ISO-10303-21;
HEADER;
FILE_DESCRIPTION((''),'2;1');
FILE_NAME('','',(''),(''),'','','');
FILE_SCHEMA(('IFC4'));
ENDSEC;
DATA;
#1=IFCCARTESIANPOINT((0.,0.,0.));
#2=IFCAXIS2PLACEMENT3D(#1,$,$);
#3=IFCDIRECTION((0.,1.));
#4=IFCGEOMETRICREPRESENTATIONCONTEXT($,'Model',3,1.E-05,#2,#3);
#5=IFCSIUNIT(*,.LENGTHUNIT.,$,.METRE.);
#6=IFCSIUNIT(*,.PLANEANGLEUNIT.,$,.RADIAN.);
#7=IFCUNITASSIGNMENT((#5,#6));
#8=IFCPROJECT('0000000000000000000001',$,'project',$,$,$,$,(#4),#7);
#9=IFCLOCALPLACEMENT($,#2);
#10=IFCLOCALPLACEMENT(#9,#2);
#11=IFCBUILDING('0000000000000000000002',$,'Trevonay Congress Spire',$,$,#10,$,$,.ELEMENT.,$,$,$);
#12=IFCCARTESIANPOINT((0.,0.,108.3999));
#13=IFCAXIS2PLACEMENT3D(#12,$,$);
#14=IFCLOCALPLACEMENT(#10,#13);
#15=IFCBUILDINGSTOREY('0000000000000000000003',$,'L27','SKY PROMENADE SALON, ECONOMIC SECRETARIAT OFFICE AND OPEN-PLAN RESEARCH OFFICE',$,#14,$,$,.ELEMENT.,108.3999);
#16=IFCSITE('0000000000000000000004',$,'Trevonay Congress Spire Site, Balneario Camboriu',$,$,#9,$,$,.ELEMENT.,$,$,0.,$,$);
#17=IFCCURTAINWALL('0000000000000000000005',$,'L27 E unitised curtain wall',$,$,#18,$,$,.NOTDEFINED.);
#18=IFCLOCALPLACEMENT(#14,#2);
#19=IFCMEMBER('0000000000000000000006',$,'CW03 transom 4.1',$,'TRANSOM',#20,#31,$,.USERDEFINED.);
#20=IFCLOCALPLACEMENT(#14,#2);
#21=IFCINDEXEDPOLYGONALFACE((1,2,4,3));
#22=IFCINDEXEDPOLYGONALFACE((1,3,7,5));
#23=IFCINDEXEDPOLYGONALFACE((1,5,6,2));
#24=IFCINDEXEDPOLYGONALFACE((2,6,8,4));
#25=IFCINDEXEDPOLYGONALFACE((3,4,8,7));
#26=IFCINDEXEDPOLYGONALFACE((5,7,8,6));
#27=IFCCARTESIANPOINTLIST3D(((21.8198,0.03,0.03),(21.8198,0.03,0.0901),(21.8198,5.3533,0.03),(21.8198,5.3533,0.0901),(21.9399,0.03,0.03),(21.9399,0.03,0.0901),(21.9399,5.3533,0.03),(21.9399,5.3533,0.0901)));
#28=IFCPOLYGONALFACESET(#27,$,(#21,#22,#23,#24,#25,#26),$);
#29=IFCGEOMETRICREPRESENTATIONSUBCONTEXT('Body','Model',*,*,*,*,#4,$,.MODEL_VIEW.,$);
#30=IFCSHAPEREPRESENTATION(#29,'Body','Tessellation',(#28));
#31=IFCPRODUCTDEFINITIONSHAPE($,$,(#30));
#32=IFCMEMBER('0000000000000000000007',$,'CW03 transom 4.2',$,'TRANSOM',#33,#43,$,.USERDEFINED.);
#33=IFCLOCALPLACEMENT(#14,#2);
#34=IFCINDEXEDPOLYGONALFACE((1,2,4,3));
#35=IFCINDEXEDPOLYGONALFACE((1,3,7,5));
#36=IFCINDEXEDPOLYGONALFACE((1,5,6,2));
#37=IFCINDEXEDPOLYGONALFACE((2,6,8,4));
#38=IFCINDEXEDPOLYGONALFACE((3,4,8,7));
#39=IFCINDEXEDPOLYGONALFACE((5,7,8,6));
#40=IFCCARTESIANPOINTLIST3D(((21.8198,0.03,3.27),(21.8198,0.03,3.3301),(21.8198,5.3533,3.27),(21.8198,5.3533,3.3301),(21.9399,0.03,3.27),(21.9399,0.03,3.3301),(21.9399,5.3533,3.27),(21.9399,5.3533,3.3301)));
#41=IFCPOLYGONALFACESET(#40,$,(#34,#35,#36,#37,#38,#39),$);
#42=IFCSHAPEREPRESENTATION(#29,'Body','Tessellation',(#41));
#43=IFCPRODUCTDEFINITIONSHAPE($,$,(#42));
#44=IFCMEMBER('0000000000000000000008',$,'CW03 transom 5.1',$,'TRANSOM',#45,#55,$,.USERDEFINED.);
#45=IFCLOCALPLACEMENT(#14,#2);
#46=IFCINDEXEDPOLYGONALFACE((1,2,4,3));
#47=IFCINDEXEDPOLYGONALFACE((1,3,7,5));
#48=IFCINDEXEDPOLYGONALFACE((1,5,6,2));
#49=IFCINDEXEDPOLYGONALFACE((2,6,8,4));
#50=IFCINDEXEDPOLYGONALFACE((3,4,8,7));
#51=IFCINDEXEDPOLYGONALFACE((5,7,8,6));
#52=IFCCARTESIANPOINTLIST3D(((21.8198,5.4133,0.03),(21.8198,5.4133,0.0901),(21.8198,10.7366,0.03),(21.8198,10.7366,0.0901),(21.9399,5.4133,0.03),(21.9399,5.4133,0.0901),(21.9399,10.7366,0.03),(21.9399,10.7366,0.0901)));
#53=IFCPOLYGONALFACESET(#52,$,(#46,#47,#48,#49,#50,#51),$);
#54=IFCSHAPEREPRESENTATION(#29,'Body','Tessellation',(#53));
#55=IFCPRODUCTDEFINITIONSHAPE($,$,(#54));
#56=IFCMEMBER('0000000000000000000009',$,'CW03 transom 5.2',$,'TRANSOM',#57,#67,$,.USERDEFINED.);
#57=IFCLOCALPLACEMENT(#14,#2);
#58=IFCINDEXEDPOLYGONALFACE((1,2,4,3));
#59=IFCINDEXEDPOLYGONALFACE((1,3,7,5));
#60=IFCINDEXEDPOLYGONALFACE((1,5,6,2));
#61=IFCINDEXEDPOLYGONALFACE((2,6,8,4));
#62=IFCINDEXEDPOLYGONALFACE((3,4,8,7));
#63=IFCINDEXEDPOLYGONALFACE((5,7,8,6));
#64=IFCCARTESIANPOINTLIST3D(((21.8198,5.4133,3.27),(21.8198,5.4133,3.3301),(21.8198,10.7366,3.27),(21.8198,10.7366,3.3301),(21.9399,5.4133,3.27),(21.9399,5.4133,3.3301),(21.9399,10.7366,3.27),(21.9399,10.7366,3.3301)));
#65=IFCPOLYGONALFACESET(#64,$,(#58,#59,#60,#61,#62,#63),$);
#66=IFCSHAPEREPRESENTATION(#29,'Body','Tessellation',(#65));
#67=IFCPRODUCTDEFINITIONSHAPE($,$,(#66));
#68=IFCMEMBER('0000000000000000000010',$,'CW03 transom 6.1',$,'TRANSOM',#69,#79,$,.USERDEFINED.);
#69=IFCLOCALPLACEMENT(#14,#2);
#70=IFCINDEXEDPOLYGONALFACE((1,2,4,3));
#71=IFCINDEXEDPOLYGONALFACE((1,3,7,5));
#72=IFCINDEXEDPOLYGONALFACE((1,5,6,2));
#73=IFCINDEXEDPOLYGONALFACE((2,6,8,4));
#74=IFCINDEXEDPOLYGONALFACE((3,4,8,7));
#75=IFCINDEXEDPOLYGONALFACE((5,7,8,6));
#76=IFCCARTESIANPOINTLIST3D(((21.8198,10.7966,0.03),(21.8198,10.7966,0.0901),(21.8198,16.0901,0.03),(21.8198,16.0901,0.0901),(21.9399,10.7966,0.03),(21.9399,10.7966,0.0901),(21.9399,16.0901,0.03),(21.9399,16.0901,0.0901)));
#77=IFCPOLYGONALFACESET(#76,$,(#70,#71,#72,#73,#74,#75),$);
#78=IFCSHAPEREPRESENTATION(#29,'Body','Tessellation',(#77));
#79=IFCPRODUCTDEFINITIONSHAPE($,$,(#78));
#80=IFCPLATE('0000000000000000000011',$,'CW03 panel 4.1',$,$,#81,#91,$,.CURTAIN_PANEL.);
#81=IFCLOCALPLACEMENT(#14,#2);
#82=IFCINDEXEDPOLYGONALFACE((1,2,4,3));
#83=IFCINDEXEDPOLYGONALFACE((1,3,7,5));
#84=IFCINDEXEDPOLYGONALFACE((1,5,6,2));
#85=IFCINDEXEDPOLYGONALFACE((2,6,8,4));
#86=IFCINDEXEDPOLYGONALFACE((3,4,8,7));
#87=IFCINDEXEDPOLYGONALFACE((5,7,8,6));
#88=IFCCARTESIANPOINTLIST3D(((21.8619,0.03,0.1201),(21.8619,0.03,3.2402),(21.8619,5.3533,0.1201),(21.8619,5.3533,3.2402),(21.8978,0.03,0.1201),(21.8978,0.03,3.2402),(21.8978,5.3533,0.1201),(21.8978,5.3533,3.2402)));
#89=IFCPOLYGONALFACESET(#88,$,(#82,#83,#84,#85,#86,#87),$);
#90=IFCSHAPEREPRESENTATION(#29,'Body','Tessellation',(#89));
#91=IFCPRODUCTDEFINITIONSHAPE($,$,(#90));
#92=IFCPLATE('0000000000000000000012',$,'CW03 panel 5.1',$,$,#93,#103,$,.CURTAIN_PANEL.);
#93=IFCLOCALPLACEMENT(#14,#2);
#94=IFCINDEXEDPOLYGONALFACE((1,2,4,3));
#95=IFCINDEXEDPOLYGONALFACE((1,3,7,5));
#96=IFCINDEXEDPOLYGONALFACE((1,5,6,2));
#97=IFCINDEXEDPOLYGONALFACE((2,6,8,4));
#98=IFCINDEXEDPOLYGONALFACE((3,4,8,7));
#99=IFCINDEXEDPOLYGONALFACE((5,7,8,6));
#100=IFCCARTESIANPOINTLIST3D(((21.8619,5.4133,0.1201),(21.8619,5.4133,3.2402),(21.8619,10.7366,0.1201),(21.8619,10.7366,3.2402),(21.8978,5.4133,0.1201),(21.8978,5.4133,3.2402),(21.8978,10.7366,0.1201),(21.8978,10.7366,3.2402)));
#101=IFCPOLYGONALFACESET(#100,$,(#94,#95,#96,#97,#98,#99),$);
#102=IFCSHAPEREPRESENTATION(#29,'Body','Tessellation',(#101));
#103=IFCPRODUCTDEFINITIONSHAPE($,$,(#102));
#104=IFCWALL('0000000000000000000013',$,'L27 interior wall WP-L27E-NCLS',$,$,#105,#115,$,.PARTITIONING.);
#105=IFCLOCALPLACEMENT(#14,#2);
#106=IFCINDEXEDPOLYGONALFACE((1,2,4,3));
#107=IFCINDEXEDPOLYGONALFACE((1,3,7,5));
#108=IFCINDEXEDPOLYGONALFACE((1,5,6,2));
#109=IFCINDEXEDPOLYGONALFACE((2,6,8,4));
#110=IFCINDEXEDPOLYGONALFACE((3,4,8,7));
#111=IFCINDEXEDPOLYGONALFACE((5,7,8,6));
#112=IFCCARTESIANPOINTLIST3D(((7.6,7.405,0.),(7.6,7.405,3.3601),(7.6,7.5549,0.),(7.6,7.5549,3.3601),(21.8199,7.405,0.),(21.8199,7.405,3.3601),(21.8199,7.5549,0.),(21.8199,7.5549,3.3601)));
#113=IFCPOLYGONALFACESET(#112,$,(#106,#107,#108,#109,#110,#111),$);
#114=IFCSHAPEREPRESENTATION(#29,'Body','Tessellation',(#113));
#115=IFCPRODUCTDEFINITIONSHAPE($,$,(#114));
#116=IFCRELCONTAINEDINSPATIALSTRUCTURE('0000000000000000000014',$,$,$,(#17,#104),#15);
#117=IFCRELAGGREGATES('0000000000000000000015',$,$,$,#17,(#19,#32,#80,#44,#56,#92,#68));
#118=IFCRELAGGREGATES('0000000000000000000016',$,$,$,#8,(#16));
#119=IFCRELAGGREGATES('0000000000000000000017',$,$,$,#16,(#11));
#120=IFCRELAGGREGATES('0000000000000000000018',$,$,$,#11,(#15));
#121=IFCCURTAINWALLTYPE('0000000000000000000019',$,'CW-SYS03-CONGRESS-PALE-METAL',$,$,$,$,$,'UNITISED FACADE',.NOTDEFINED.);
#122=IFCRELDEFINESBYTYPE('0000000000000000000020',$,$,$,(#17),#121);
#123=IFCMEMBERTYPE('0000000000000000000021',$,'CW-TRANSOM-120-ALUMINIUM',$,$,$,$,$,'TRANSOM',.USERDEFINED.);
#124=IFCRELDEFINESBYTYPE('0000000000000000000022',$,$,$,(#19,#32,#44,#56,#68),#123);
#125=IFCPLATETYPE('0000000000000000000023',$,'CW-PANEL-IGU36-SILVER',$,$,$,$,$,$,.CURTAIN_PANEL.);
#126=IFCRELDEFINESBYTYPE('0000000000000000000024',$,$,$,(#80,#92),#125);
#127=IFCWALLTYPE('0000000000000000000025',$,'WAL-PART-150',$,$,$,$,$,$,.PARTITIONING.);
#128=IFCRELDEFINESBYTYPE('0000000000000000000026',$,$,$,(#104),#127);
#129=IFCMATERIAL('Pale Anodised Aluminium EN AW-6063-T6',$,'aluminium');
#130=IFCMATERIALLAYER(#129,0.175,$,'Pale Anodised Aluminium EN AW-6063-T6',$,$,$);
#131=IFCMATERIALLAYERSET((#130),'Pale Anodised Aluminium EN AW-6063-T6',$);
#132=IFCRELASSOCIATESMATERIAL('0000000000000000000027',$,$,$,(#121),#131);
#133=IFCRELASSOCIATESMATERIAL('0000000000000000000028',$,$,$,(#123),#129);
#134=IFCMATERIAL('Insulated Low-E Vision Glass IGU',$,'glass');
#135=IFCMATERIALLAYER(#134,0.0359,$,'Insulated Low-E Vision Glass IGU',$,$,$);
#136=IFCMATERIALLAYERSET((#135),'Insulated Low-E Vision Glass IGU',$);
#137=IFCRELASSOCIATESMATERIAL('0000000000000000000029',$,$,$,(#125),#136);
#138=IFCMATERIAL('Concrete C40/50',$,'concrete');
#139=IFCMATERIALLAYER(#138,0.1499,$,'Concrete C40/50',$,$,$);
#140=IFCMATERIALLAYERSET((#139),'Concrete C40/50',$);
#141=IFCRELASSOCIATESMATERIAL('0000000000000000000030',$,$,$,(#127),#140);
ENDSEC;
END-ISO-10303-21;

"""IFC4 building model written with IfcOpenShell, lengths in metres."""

from ifc_helpers import new_model, si_unit, direction, frame, frame_2d, origin, origin_2d, place, context, subcontext, project, spatial, rectangle, extrude, material, layer, layer_set, material_profile, profile_set, type_object, element, aggregate, save


model = new_model("IFC4")

# Units and contexts
model_context = context("Model", 3, precision=1e-05, world=origin(), true_north=direction((0.0, 1.0)))
body_context = subcontext(model_context, "Body", "Model", "MODEL_VIEW")
ifc_project = project(units=[si_unit("LENGTHUNIT", "METRE"), si_unit("PLANEANGLEUNIT", "RADIAN")], contexts=[model_context])

# Site, building, storey
site_placement = place(None, origin())
site = spatial("IfcSite", under=ifc_project, at=site_placement, Name="Trevonay Congress Spire Site, Balneario Camboriu", CompositionType="ELEMENT", RefElevation=0.0)
building_placement = place(site_placement, origin())
building = spatial("IfcBuilding", under=site, at=building_placement, Name="Trevonay Congress Spire", CompositionType="ELEMENT")
storey_placement = place(building_placement, frame((0.0, 0.0, 108.3999)))
storey = spatial("IfcBuildingStorey", under=building, at=storey_placement, Name="L27", Description="SKY PROMENADE SALON, ECONOMIC SECRETARIAT OFFICE AND OPEN-PLAN RESEARCH OFFICE", CompositionType="ELEMENT", Elevation=108.3999)

# Curtain wall, members, plates
ifc_material_1 = material(Name="Pale Anodised Aluminium EN AW-6063-T6", Category="aluminium")
ifc_layer_1 = layer(ifc_material_1, 0.175, Name="Pale Anodised Aluminium EN AW-6063-T6")
ifc_layer_set_1 = layer_set([ifc_layer_1], Name="Pale Anodised Aluminium EN AW-6063-T6")
curtain_wall_type = type_object("IfcCurtainWallType", Name="CW-SYS03-CONGRESS-PALE-METAL", ElementType="UNITISED FACADE", PredefinedType="NOTDEFINED", material=ifc_layer_set_1)
curtain_wall_placement = place(storey_placement, origin())
curtain_wall = element("IfcCurtainWall", 1, at=curtain_wall_placement, inside=storey, type_object=curtain_wall_type, Name="L27 E unitised curtain wall", PredefinedType="NOTDEFINED")
ifc_material_profile_1 = material_profile(ifc_material_1, rectangle(XDim=0.1201, YDim=0.0601, at=origin_2d()), Name="CW-TRANSOM-120-ALUMINIUM")
ifc_profile_set_1 = profile_set([ifc_material_profile_1], Name="Pale Anodised Aluminium EN AW-6063-T6")
member_type_1 = type_object("IfcMemberType", Name="CW-TRANSOM-120-ALUMINIUM", ElementType="TRANSOM", PredefinedType="USERDEFINED", material=ifc_profile_set_1)
member_1_placement = place(storey_placement, frame((21.8799, 0.03, 0.0601), z_axis=(0.0, 1.0, 0.0), x_axis=(-1.0, 0.0, 0.0)))
member_1 = element("IfcMember", 2, at=member_1_placement, type_object=member_type_1, Name="CW03 transom 4.1", ObjectType="TRANSOM", PredefinedType="USERDEFINED", context=body_context, shape_type="SweptSolid", body=[
    extrude(rectangle(XDim=0.1201, YDim=0.0601, at=origin_2d()), origin(), (0.0, 0.0, 1.0), 5.3232),
])
member_2_placement = place(storey_placement, frame((21.8799, 0.03, 3.3), z_axis=(0.0, 1.0, 0.0), x_axis=(-1.0, 0.0, 0.0)))
member_2 = element("IfcMember", 3, at=member_2_placement, type_object=member_type_1, Name="CW03 transom 4.2", ObjectType="TRANSOM", PredefinedType="USERDEFINED", context=body_context, shape_type="SweptSolid", body=[
    extrude(rectangle(XDim=0.1201, YDim=0.0601, at=origin_2d()), origin(), (0.0, 0.0, 1.0), 5.3232),
])
member_3_placement = place(storey_placement, frame((21.8799, 5.4133, 0.0601), z_axis=(0.0, 1.0, 0.0), x_axis=(-1.0, 0.0, 0.0)))
member_3 = element("IfcMember", 4, at=member_3_placement, type_object=member_type_1, Name="CW03 transom 5.1", ObjectType="TRANSOM", PredefinedType="USERDEFINED", context=body_context, shape_type="SweptSolid", body=[
    extrude(rectangle(XDim=0.1201, YDim=0.0601, at=origin_2d()), origin(), (0.0, 0.0, 1.0), 5.3232),
])
member_4_placement = place(storey_placement, frame((21.8799, 5.4133, 3.3), z_axis=(0.0, 1.0, 0.0), x_axis=(-1.0, 0.0, 0.0)))
member_4 = element("IfcMember", 5, at=member_4_placement, type_object=member_type_1, Name="CW03 transom 5.2", ObjectType="TRANSOM", PredefinedType="USERDEFINED", context=body_context, shape_type="SweptSolid", body=[
    extrude(rectangle(XDim=0.1201, YDim=0.0601, at=origin_2d()), origin(), (0.0, 0.0, 1.0), 5.3232),
])
member_5_placement = place(storey_placement, frame((21.8799, 10.7966, 0.0601), z_axis=(0.0, 1.0, 0.0), x_axis=(-1.0, 0.0, 0.0)))
member_5 = element("IfcMember", 6, at=member_5_placement, type_object=member_type_1, Name="CW03 transom 6.1", ObjectType="TRANSOM", PredefinedType="USERDEFINED", context=body_context, shape_type="SweptSolid", body=[
    extrude(rectangle(XDim=0.1201, YDim=0.0601, at=origin_2d()), origin(), (0.0, 0.0, 1.0), 5.2935),
])
ifc_material_2 = material(Name="Insulated Low-E Vision Glass IGU", Category="glass")
ifc_layer_2 = layer(ifc_material_2, 0.0359, Name="Insulated Low-E Vision Glass IGU")
ifc_layer_set_2 = layer_set([ifc_layer_2], Name="Insulated Low-E Vision Glass IGU")
plate_type = type_object("IfcPlateType", Name="CW-PANEL-IGU36-SILVER", PredefinedType="CURTAIN_PANEL", material=ifc_layer_set_2)
plate_1_placement = place(storey_placement, frame((21.8799, 2.6917, 0.1201), z_axis=(0.0, 0.0, 1.0), x_axis=(0.0, 1.0, 0.0)))
plate_1 = element("IfcPlate", 7, at=plate_1_placement, type_object=plate_type, Name="CW03 panel 4.1", PredefinedType="CURTAIN_PANEL", context=body_context, shape_type="SweptSolid", body=[
    extrude(rectangle(XDim=5.3232, YDim=0.0359, at=origin_2d()), origin(), (0.0, 0.0, 1.0), 3.1201),
])
plate_2_placement = place(storey_placement, frame((21.8799, 8.075, 0.1201), z_axis=(0.0, 0.0, 1.0), x_axis=(0.0, 1.0, 0.0)))
plate_2 = element("IfcPlate", 8, at=plate_2_placement, type_object=plate_type, Name="CW03 panel 5.1", PredefinedType="CURTAIN_PANEL", context=body_context, shape_type="SweptSolid", body=[
    extrude(rectangle(XDim=5.3232, YDim=0.0359, at=origin_2d()), origin(), (0.0, 0.0, 1.0), 3.1201),
])
aggregate(curtain_wall, [member_1, member_2, plate_1, member_3, member_4, plate_2, member_5])

# Wall
ifc_material_3 = material(Name="Concrete C40/50", Category="concrete")
ifc_layer_3 = layer(ifc_material_3, 0.1499, Name="Concrete C40/50")
ifc_layer_set_3 = layer_set([ifc_layer_3], Name="Concrete C40/50")
wall_type = type_object("IfcWallType", Name="WAL-PART-150", PredefinedType="PARTITIONING", material=ifc_layer_set_3)
wall_placement = place(storey_placement, frame((7.6001, 7.48, 0.0), z_axis=(0.0, 0.0, 1.0), x_axis=(1.0, 0.0, 0.0)))
element("IfcWall", 9, at=wall_placement, inside=storey, type_object=wall_type, Name="L27 interior wall WP-L27E-NCLS", PredefinedType="PARTITIONING", context=body_context, shape_type="SweptSolid", body=[
    extrude(rectangle(XDim=14.22, YDim=0.1499, at=frame_2d((7.1099, 0.0))), origin(), (0.0, 0.0, 1.0), 3.3601),
])

save(model, "model.ifc")
